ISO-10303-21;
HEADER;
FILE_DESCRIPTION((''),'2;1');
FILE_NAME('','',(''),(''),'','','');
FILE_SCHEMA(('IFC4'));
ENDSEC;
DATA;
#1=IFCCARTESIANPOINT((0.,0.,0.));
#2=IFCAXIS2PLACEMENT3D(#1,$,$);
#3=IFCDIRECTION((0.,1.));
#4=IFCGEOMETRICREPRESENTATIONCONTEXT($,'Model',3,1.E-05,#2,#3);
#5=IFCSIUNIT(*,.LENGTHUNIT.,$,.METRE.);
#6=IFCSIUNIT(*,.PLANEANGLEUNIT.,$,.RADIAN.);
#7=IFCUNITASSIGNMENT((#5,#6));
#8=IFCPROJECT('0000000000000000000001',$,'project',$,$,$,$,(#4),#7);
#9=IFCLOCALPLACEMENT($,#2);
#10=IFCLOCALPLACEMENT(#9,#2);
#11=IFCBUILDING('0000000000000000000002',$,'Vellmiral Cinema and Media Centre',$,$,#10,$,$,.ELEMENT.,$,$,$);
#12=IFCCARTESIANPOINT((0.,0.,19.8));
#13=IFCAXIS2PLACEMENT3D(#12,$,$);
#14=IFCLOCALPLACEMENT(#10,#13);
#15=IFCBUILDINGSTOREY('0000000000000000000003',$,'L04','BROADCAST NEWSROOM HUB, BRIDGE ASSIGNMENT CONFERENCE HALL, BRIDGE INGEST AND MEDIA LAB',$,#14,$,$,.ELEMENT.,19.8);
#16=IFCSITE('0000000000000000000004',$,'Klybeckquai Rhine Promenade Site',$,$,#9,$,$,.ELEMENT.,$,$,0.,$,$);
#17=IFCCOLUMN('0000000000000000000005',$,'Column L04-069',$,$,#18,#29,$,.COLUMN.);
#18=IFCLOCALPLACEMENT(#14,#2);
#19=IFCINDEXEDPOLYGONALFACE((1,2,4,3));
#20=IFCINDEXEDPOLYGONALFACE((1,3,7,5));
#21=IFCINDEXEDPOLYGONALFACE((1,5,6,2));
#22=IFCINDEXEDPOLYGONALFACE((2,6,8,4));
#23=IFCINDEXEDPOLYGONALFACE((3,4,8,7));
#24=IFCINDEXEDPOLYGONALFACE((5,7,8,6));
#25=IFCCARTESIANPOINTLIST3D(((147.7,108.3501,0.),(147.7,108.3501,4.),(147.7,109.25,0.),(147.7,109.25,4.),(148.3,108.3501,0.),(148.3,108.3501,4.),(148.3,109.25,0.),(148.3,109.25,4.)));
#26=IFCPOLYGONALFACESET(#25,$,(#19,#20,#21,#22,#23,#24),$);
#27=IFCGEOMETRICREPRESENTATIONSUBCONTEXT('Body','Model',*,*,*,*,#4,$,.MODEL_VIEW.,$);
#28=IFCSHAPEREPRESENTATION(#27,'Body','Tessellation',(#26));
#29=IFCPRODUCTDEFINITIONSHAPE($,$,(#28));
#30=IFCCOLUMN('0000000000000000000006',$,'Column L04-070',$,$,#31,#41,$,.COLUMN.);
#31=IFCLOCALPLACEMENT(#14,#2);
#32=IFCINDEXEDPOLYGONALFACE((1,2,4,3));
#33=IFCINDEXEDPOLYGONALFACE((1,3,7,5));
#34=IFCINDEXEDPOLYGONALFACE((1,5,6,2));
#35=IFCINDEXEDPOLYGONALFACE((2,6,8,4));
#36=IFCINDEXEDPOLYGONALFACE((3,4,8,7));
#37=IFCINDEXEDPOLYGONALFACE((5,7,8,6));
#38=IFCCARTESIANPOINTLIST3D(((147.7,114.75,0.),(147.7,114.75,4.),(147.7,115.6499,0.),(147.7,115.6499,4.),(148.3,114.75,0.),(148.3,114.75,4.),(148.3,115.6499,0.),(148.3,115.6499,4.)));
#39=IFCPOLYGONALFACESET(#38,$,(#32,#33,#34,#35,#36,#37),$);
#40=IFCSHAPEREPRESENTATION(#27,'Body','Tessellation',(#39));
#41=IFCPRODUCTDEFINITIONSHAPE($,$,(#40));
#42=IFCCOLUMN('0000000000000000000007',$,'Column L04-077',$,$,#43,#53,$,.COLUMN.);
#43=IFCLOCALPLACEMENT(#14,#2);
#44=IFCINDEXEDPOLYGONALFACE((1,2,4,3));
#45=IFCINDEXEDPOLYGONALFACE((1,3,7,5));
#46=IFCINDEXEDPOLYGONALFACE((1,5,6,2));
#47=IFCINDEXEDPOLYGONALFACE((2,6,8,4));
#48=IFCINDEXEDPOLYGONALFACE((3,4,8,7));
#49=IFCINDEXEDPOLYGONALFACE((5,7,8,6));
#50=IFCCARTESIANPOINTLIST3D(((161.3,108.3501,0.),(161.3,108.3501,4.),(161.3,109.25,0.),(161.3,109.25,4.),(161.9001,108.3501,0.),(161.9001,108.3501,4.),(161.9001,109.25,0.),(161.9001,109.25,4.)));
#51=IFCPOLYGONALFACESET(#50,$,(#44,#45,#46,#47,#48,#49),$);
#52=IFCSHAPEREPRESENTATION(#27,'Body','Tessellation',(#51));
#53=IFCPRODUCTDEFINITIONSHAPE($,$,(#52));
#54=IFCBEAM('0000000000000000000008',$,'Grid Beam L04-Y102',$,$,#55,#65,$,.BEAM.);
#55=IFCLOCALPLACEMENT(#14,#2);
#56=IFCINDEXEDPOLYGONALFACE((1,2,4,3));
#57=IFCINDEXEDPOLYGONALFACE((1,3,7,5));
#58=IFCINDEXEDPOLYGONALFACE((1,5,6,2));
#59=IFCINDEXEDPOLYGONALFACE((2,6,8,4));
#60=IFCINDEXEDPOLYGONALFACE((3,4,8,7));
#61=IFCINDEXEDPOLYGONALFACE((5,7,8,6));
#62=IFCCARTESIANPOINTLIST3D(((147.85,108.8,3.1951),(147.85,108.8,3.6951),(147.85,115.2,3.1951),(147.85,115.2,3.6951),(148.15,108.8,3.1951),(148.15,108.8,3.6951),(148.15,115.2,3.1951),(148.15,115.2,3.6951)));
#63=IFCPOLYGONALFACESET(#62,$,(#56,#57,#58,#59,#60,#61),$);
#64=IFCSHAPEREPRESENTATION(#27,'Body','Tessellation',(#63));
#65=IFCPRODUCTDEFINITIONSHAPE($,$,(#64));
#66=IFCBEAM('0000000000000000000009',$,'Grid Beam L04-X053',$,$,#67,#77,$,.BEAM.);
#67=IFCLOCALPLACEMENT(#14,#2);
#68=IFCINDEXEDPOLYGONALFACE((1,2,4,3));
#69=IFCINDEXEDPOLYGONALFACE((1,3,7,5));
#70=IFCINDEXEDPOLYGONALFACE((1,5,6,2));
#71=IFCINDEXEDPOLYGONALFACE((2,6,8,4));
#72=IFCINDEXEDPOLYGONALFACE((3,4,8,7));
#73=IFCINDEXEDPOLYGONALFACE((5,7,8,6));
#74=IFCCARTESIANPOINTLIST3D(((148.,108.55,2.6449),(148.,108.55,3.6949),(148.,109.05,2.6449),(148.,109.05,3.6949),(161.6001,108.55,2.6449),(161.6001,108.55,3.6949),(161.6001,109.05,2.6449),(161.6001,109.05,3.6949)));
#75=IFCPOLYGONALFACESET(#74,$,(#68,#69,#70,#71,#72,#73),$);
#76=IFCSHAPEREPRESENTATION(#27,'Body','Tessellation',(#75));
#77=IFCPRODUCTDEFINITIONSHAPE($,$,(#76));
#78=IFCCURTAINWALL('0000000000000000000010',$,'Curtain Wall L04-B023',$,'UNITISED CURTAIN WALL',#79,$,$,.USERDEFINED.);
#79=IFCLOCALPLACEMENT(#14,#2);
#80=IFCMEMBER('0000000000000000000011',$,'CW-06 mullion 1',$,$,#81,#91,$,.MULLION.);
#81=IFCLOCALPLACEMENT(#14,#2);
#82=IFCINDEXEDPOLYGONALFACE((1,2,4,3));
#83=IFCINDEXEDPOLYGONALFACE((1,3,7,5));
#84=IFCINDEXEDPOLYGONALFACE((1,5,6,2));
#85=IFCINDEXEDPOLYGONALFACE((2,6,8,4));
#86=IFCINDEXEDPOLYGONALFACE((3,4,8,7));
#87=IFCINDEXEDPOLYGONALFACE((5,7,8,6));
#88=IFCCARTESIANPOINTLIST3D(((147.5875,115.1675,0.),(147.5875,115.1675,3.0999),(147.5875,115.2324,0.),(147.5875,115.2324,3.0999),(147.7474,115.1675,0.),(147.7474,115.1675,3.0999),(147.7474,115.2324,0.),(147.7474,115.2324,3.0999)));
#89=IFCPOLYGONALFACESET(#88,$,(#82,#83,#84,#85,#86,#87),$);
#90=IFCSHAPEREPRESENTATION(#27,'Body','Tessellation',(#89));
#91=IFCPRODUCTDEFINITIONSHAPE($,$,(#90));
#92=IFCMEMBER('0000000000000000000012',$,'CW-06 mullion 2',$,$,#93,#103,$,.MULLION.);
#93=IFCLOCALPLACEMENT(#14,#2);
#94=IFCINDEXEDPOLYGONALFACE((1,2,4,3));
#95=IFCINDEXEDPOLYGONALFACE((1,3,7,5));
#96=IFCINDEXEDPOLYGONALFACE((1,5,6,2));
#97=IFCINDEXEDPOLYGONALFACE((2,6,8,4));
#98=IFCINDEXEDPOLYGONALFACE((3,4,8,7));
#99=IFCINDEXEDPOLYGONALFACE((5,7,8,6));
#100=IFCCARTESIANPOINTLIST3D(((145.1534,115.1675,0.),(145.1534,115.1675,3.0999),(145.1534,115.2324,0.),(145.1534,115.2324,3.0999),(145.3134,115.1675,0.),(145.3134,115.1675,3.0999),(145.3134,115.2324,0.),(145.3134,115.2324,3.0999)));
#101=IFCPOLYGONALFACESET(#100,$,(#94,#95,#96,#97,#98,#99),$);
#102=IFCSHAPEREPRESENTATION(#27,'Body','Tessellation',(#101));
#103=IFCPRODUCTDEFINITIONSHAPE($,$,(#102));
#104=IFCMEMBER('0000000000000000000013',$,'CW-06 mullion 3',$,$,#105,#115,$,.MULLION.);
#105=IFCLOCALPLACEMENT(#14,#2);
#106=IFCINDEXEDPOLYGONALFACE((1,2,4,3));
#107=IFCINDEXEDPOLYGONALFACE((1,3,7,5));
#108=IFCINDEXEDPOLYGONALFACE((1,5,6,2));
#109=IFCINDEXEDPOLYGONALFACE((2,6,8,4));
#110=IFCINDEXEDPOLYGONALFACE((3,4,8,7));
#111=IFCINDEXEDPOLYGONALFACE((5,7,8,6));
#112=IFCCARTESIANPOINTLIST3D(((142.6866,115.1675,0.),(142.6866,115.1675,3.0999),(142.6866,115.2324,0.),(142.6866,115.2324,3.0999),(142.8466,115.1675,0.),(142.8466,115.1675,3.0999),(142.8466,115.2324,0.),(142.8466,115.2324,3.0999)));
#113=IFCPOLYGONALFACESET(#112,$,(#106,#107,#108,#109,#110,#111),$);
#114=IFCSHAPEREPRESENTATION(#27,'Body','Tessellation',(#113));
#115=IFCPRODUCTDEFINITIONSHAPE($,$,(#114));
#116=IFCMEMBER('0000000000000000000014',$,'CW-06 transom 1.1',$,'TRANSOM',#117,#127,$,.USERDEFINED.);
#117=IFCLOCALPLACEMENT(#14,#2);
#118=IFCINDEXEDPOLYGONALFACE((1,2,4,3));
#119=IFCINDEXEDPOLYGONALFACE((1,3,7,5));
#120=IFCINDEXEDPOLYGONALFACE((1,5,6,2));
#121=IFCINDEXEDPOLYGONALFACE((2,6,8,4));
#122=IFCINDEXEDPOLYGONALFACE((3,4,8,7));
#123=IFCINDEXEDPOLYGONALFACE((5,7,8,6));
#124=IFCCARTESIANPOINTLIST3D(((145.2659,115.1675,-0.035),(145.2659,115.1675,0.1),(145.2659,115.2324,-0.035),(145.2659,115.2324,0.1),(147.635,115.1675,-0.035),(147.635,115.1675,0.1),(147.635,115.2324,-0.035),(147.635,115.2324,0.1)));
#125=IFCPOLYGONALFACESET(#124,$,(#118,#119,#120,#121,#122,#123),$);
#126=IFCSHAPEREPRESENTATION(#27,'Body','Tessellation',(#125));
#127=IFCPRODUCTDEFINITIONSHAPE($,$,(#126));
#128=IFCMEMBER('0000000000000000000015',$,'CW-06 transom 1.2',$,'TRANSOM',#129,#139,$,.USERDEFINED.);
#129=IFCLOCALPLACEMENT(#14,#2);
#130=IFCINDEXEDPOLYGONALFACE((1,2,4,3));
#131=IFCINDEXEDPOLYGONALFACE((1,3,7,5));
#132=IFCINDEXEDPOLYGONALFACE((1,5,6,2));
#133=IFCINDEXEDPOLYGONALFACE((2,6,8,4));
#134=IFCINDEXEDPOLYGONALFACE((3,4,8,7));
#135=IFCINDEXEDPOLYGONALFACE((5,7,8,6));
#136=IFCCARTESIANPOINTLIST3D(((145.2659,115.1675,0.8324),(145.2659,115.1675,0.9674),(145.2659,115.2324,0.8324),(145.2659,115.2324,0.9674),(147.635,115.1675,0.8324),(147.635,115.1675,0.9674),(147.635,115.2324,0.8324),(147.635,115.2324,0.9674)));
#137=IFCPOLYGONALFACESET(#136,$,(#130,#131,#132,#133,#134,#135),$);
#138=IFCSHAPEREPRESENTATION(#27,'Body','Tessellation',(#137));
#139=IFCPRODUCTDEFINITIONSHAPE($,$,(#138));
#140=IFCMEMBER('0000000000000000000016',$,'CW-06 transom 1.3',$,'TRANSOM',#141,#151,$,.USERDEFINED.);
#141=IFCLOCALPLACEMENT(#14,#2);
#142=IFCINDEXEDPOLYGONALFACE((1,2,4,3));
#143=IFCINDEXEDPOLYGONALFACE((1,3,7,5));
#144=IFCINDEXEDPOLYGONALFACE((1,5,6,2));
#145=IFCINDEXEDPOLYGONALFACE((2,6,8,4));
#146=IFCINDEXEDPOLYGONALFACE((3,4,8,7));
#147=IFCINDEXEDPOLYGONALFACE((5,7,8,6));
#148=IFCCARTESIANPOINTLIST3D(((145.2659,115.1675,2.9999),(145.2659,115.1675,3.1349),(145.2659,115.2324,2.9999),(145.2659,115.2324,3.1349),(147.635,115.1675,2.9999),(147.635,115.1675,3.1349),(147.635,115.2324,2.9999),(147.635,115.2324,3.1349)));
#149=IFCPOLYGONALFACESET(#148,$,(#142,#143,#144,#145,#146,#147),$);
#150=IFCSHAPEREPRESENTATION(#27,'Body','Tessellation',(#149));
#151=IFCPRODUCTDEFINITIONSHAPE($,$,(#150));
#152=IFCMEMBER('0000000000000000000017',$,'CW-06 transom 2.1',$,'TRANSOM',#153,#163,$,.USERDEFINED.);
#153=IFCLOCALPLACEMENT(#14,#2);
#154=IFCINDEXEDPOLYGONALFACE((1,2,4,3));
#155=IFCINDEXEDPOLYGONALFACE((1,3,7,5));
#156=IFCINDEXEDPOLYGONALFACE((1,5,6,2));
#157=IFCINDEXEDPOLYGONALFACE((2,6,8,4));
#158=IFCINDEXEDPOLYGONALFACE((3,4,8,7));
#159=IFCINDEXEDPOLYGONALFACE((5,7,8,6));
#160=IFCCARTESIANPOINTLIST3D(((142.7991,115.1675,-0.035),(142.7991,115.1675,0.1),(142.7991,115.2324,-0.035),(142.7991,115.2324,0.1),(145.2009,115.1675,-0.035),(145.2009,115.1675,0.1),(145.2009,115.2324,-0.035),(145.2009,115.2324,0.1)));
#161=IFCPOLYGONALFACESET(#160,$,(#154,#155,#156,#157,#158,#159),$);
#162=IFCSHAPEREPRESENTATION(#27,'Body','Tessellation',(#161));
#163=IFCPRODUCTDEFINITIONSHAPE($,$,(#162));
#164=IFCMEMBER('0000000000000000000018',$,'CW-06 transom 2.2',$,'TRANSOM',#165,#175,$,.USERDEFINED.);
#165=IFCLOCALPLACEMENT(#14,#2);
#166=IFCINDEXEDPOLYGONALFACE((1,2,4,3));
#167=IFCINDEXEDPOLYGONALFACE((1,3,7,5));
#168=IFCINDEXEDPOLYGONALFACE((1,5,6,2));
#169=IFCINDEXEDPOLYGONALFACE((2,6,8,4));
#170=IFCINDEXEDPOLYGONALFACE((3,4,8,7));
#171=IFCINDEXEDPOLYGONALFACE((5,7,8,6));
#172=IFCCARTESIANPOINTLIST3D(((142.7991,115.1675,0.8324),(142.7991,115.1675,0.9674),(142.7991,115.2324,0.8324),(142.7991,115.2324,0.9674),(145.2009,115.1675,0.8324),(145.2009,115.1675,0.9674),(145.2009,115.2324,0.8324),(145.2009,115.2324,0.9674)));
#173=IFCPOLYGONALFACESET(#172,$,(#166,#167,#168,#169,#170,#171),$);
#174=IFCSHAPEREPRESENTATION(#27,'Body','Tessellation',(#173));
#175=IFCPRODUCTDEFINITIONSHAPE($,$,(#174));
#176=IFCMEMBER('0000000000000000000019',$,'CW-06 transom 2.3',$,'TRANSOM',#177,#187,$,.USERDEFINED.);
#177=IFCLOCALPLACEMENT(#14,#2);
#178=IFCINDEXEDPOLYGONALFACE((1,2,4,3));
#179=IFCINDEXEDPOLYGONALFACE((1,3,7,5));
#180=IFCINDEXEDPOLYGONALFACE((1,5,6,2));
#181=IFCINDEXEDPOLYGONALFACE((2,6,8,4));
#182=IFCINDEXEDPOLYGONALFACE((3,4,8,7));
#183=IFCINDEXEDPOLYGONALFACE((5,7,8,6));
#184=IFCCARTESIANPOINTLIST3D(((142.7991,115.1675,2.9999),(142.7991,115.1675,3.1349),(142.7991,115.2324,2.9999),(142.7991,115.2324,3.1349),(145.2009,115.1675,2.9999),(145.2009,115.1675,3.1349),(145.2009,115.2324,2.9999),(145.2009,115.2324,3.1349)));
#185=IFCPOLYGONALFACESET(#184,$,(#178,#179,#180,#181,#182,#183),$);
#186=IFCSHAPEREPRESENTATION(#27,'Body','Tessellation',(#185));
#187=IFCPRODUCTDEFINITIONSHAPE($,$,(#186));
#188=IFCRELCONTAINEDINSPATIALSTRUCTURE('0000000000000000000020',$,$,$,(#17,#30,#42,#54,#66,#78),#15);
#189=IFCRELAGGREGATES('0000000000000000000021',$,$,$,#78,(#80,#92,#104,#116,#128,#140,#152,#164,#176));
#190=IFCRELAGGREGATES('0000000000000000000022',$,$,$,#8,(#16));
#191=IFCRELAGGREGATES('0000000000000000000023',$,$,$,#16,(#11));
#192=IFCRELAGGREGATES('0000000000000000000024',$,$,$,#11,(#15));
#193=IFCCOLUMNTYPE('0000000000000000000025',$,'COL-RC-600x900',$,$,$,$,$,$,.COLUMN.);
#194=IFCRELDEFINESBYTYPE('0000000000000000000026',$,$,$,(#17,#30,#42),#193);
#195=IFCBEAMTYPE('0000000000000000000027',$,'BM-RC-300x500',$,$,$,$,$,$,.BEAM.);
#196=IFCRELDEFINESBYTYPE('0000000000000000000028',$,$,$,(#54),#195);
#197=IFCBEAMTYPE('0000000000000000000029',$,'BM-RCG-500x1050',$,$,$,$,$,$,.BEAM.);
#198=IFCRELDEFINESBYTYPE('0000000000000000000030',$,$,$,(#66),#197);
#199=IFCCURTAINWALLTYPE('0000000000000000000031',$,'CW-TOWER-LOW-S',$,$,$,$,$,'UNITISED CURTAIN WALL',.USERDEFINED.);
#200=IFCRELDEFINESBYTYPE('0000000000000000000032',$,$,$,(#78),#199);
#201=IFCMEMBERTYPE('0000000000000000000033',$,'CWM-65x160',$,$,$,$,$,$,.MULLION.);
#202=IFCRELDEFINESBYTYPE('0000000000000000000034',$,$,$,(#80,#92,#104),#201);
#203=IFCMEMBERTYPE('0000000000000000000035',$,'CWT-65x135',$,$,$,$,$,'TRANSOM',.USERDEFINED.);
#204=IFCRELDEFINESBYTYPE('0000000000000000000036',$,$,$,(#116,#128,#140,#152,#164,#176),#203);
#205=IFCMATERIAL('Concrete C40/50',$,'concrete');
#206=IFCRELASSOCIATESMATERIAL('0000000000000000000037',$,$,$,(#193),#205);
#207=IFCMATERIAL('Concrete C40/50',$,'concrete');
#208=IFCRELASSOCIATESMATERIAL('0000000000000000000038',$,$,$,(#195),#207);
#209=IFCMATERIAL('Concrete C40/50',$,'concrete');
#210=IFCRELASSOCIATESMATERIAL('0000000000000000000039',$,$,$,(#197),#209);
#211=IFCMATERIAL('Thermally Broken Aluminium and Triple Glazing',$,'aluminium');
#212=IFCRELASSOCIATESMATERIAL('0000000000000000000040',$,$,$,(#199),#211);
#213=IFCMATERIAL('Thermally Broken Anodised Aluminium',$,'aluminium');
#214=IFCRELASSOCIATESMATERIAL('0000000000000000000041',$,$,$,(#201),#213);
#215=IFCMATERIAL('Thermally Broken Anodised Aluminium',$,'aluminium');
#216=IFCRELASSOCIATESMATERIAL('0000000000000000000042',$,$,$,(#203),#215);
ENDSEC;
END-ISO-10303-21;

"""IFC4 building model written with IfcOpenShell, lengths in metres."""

from ifc_helpers import new_model, si_unit, direction, frame, origin, origin_2d, place, context, subcontext, project, spatial, rectangle, extrude, material, material_profile, profile_set, type_object, element, aggregate, save


model = new_model("IFC4")

# Units and contexts
model_context = context("Model", 3, precision=1e-05, world=origin(), true_north=direction((0.0, 1.0)))
body_context = subcontext(model_context, "Body", "Model", "MODEL_VIEW")
ifc_project = project(units=[si_unit("LENGTHUNIT", "METRE"), si_unit("PLANEANGLEUNIT", "RADIAN")], contexts=[model_context])

# Site, building, storey
site_placement = place(None, origin())
site = spatial("IfcSite", under=ifc_project, at=site_placement, Name="Klybeckquai Rhine Promenade Site", CompositionType="ELEMENT", RefElevation=0.0)
building_placement = place(site_placement, origin())
building = spatial("IfcBuilding", under=site, at=building_placement, Name="Vellmiral Cinema and Media Centre", CompositionType="ELEMENT")
storey_placement = place(building_placement, frame((0.0, 0.0, 19.8)))
storey = spatial("IfcBuildingStorey", under=building, at=storey_placement, Name="L04", Description="BROADCAST NEWSROOM HUB, BRIDGE ASSIGNMENT CONFERENCE HALL, BRIDGE INGEST AND MEDIA LAB", CompositionType="ELEMENT", Elevation=19.8)

# Columns
ifc_material_1 = material(Name="Concrete C40/50", Category="concrete")
ifc_material_profile_1 = material_profile(ifc_material_1, rectangle(XDim=0.6001, YDim=0.8999, at=origin_2d()), Name="RC 600x900")
ifc_profile_set_1 = profile_set([ifc_material_profile_1], Name="Concrete C40/50")
column_type = type_object("IfcColumnType", Name="COL-RC-600x900", PredefinedType="COLUMN", material=ifc_profile_set_1)
for number, where, z_axis, x_axis, name in (
    (1, (148.0, 108.8, 0.0), (0.0, 0.0, 1.0), (1.0, 0.0, 0.0), "Column L04-069"),
    (2, (148.0, 115.2, 0.0), (0.0, 0.0, 1.0), (1.0, 0.0, 0.0), "Column L04-070"),
    (3, (161.6001, 108.8, 0.0), (0.0, 0.0, 1.0), (1.0, 0.0, 0.0), "Column L04-077"),
):
    element("IfcColumn", number, at=place(storey_placement, frame(where, z_axis=z_axis, x_axis=x_axis)), inside=storey, type_object=column_type, Name=name, PredefinedType="COLUMN", context=body_context, shape_type="SweptSolid", body=[
        extrude(rectangle(XDim=0.6001, YDim=0.8999, at=origin_2d()), origin(), (0.0, 0.0, 1.0), 4.0),
    ])

# Beams
ifc_material_2 = material(Name="Concrete C40/50", Category="concrete")
ifc_material_profile_2 = material_profile(ifc_material_2, rectangle(XDim=0.3, YDim=0.5, at=origin_2d()), Name="RC 300x500")
ifc_profile_set_2 = profile_set([ifc_material_profile_2], Name="Concrete C40/50")
beam_type_1 = type_object("IfcBeamType", Name="BM-RC-300x500", PredefinedType="BEAM", material=ifc_profile_set_2)
beam_1_placement = place(storey_placement, frame((148.0, 108.8, 3.4451), z_axis=(0.0, 1.0, 0.0), x_axis=(-1.0, 0.0, 0.0)))
element("IfcBeam", 4, at=beam_1_placement, inside=storey, type_object=beam_type_1, Name="Grid Beam L04-Y102", PredefinedType="BEAM", context=body_context, shape_type="SweptSolid", body=[
    extrude(rectangle(XDim=0.3, YDim=0.5, at=origin_2d()), origin(), (0.0, 0.0, 1.0), 6.3999),
])
ifc_material_3 = material(Name="Concrete C40/50", Category="concrete")
ifc_material_profile_3 = material_profile(ifc_material_3, rectangle(XDim=0.5, YDim=1.05, at=origin_2d()), Name="RC 500x1050")
ifc_profile_set_3 = profile_set([ifc_material_profile_3], Name="Concrete C40/50")
beam_type_2 = type_object("IfcBeamType", Name="BM-RCG-500x1050", PredefinedType="BEAM", material=ifc_profile_set_3)
beam_2_placement = place(storey_placement, frame((148.0, 108.8, 3.1699), z_axis=(1.0, 0.0, 0.0), x_axis=(0.0, 1.0, 0.0)))
element("IfcBeam", 5, at=beam_2_placement, inside=storey, type_object=beam_type_2, Name="Grid Beam L04-X053", PredefinedType="BEAM", context=body_context, shape_type="SweptSolid", body=[
    extrude(rectangle(XDim=0.5, YDim=1.05, at=origin_2d()), origin(), (0.0, 0.0, 1.0), 13.6001),
])

# Curtain wall, members
ifc_material_4 = material(Name="Thermally Broken Aluminium and Triple Glazing", Category="aluminium")
curtain_wall_type = type_object("IfcCurtainWallType", Name="CW-TOWER-LOW-S", ElementType="UNITISED CURTAIN WALL", PredefinedType="USERDEFINED", material=ifc_material_4)
curtain_wall_placement = place(storey_placement, origin())
curtain_wall = element("IfcCurtainWall", 6, at=curtain_wall_placement, inside=storey, type_object=curtain_wall_type, Name="Curtain Wall L04-B023", ObjectType="UNITISED CURTAIN WALL", PredefinedType="USERDEFINED")
ifc_material_5 = material(Name="Thermally Broken Anodised Aluminium", Category="aluminium")
ifc_material_profile_4 = material_profile(ifc_material_5, rectangle(XDim=0.0649, YDim=0.1599, at=origin_2d()), Name="MULL 65x160")
ifc_profile_set_4 = profile_set([ifc_material_profile_4], Name="Thermally Broken Anodised Aluminium")
member_type_1 = type_object("IfcMemberType", Name="CWM-65x160", PredefinedType="MULLION", material=ifc_profile_set_4)
member_1_placement = place(storey_placement, frame((147.6675, 115.2, 0.0), z_axis=(0.0, 0.0, 1.0), x_axis=(0.0, -1.0, 0.0)))
member_1 = element("IfcMember", 7, at=member_1_placement, type_object=member_type_1, Name="CW-06 mullion 1", PredefinedType="MULLION", context=body_context, shape_type="SweptSolid", body=[
    extrude(rectangle(XDim=0.0649, YDim=0.1599, at=origin_2d()), origin(), (0.0, 0.0, 1.0), 3.0999),
])
member_2_placement = place(storey_placement, frame((145.2334, 115.2, 0.0), z_axis=(0.0, 0.0, 1.0), x_axis=(0.0, -1.0, 0.0)))
member_2 = element("IfcMember", 8, at=member_2_placement, type_object=member_type_1, Name="CW-06 mullion 2", PredefinedType="MULLION", context=body_context, shape_type="SweptSolid", body=[
    extrude(rectangle(XDim=0.0649, YDim=0.1599, at=origin_2d()), origin(), (0.0, 0.0, 1.0), 3.0999),
])
member_3_placement = place(storey_placement, frame((142.7666, 115.2, 0.0), z_axis=(0.0, 0.0, 1.0), x_axis=(0.0, -1.0, 0.0)))
member_3 = element("IfcMember", 9, at=member_3_placement, type_object=member_type_1, Name="CW-06 mullion 3", PredefinedType="MULLION", context=body_context, shape_type="SweptSolid", body=[
    extrude(rectangle(XDim=0.0649, YDim=0.1599, at=origin_2d()), origin(), (0.0, 0.0, 1.0), 3.0999),
])
ifc_material_6 = material(Name="Thermally Broken Anodised Aluminium", Category="aluminium")
ifc_material_profile_5 = material_profile(ifc_material_6, rectangle(XDim=0.0649, YDim=0.135, at=origin_2d()), Name="MULL 65x135")
ifc_profile_set_5 = profile_set([ifc_material_profile_5], Name="Thermally Broken Anodised Aluminium")
member_type_2 = type_object("IfcMemberType", Name="CWT-65x135", ElementType="TRANSOM", PredefinedType="USERDEFINED", material=ifc_profile_set_5)
member_4_placement = place(storey_placement, frame((147.635, 115.2, 0.0325), z_axis=(-1.0, 0.0, 0.0), x_axis=(0.0, -1.0, 0.0)))
member_4 = element("IfcMember", 10, at=member_4_placement, type_object=member_type_2, Name="CW-06 transom 1.1", ObjectType="TRANSOM", PredefinedType="USERDEFINED", context=body_context, shape_type="SweptSolid", body=[
    extrude(rectangle(XDim=0.0649, YDim=0.135, at=origin_2d()), origin(), (0.0, 0.0, 1.0), 2.3691),
])
member_5_placement = place(storey_placement, frame((147.635, 115.2, 0.8999), z_axis=(-1.0, 0.0, 0.0), x_axis=(0.0, -1.0, 0.0)))
member_5 = element("IfcMember", 11, at=member_5_placement, type_object=member_type_2, Name="CW-06 transom 1.2", ObjectType="TRANSOM", PredefinedType="USERDEFINED", context=body_context, shape_type="SweptSolid", body=[
    extrude(rectangle(XDim=0.0649, YDim=0.135, at=origin_2d()), origin(), (0.0, 0.0, 1.0), 2.3691),
])
member_6_placement = place(storey_placement, frame((147.635, 115.2, 3.0674), z_axis=(-1.0, 0.0, 0.0), x_axis=(0.0, -1.0, 0.0)))
member_6 = element("IfcMember", 12, at=member_6_placement, type_object=member_type_2, Name="CW-06 transom 1.3", ObjectType="TRANSOM", PredefinedType="USERDEFINED", context=body_context, shape_type="SweptSolid", body=[
    extrude(rectangle(XDim=0.0649, YDim=0.135, at=origin_2d()), origin(), (0.0, 0.0, 1.0), 2.3691),
])
member_7_placement = place(storey_placement, frame((145.2009, 115.2, 0.0325), z_axis=(-1.0, 0.0, 0.0), x_axis=(0.0, -1.0, 0.0)))
member_7 = element("IfcMember", 13, at=member_7_placement, type_object=member_type_2, Name="CW-06 transom 2.1", ObjectType="TRANSOM", PredefinedType="USERDEFINED", context=body_context, shape_type="SweptSolid", body=[
    extrude(rectangle(XDim=0.0649, YDim=0.135, at=origin_2d()), origin(), (0.0, 0.0, 1.0), 2.4019),
])
member_8_placement = place(storey_placement, frame((145.2009, 115.2, 0.8999), z_axis=(-1.0, 0.0, 0.0), x_axis=(0.0, -1.0, 0.0)))
member_8 = element("IfcMember", 14, at=member_8_placement, type_object=member_type_2, Name="CW-06 transom 2.2", ObjectType="TRANSOM", PredefinedType="USERDEFINED", context=body_context, shape_type="SweptSolid", body=[
    extrude(rectangle(XDim=0.0649, YDim=0.135, at=origin_2d()), origin(), (0.0, 0.0, 1.0), 2.4019),
])
member_9_placement = place(storey_placement, frame((145.2009, 115.2, 3.0674), z_axis=(-1.0, 0.0, 0.0), x_axis=(0.0, -1.0, 0.0)))
member_9 = element("IfcMember", 15, at=member_9_placement, type_object=member_type_2, Name="CW-06 transom 2.3", ObjectType="TRANSOM", PredefinedType="USERDEFINED", context=body_context, shape_type="SweptSolid", body=[
    extrude(rectangle(XDim=0.0649, YDim=0.135, at=origin_2d()), origin(), (0.0, 0.0, 1.0), 2.4019),
])

aggregate(curtain_wall, [member_1, member_2, member_3, member_4, member_5, member_6, member_7, member_8, member_9])

save(model, "model.ifc")
